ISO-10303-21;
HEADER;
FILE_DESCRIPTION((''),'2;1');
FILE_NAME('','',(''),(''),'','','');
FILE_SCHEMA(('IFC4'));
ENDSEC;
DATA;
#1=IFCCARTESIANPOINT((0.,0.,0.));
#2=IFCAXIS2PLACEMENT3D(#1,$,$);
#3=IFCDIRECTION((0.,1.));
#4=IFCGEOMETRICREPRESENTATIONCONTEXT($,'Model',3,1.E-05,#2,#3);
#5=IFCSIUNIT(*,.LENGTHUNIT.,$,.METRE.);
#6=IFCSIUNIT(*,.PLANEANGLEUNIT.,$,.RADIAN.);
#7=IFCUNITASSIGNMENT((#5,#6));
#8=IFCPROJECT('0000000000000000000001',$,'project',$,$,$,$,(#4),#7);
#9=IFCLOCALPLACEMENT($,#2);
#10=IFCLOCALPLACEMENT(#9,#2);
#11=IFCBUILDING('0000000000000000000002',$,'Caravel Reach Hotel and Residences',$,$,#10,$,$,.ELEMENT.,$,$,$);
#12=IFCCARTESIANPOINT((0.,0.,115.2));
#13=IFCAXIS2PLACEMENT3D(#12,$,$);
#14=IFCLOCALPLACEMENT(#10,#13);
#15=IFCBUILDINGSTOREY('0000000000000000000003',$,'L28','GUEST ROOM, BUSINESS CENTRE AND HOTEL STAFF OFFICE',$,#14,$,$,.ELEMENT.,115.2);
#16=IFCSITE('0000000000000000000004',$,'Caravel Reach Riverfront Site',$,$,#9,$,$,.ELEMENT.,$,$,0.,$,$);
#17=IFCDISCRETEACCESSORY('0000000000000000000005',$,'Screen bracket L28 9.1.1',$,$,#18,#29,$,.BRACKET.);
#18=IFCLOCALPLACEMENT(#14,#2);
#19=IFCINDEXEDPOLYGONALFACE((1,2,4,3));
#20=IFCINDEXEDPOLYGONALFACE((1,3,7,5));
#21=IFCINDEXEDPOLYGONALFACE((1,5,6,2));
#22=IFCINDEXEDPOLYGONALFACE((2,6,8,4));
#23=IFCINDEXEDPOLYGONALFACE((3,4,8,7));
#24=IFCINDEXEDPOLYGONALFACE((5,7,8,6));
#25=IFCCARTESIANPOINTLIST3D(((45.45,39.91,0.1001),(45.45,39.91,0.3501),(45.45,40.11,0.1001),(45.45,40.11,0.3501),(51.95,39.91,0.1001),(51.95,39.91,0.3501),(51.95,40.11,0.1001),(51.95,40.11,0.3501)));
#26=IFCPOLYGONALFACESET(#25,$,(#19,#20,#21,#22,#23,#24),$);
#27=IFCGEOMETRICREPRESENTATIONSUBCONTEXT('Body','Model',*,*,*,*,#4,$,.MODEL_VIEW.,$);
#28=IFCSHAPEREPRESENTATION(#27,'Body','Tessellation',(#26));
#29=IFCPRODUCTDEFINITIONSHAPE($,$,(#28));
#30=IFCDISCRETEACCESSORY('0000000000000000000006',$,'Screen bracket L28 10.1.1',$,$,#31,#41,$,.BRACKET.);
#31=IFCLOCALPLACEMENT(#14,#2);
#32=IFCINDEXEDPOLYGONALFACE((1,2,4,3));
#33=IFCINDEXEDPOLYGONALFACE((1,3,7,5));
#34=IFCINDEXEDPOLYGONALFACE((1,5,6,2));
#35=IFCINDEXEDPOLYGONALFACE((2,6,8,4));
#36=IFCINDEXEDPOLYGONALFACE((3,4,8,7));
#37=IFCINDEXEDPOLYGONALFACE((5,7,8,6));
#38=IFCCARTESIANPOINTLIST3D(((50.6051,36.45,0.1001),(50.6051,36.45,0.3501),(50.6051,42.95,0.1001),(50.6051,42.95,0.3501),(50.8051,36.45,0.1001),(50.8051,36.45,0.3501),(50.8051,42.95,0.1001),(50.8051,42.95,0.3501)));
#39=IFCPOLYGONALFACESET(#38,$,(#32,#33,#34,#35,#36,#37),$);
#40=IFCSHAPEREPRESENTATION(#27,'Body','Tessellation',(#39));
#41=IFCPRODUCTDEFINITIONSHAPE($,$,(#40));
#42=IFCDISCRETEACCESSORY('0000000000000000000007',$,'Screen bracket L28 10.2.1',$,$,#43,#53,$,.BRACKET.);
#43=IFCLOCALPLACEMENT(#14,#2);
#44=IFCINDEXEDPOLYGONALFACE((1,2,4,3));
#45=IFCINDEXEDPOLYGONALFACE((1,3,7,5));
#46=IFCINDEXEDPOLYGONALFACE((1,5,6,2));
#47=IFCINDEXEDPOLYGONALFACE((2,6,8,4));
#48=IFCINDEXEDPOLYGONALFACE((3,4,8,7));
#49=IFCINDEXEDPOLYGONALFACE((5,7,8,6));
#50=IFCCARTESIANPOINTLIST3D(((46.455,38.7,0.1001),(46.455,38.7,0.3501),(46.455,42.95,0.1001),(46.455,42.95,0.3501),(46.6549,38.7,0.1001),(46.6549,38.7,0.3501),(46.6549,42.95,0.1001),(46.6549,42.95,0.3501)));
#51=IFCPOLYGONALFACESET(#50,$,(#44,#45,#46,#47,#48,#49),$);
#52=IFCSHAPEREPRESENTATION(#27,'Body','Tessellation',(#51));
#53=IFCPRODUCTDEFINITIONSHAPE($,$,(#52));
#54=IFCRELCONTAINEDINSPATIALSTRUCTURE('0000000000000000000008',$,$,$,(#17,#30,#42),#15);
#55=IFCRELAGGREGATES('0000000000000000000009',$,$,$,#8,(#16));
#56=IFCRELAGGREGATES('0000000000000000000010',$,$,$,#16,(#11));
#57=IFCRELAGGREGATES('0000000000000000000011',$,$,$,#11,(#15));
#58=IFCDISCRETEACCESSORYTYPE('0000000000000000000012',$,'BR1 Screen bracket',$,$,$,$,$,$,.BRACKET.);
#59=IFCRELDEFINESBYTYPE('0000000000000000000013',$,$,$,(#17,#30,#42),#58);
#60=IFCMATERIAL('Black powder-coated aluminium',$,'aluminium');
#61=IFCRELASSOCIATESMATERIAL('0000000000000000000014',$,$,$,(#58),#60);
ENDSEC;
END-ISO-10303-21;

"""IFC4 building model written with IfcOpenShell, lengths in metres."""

from ifc_helpers import new_model, si_unit, direction, frame, origin, origin_2d, place, context, subcontext, project, spatial, rectangle, extrude, material, type_object, element, save


model = new_model("IFC4")

# Units and contexts
model_context = context("Model", 3, precision=1e-05, world=origin(), true_north=direction((0.0, 1.0)))
body_context = subcontext(model_context, "Body", "Model", "MODEL_VIEW")
ifc_project = project(units=[si_unit("LENGTHUNIT", "METRE"), si_unit("PLANEANGLEUNIT", "RADIAN")], contexts=[model_context])

# Site, building, storey
site_placement = place(None, origin())
site = spatial("IfcSite", under=ifc_project, at=site_placement, Name="Caravel Reach Riverfront Site", CompositionType="ELEMENT", RefElevation=0.0)
building_placement = place(site_placement, origin())
building = spatial("IfcBuilding", under=site, at=building_placement, Name="Caravel Reach Hotel and Residences", CompositionType="ELEMENT")
storey_placement = place(building_placement, frame((0.0, 0.0, 115.2)))
storey = spatial("IfcBuildingStorey", under=building, at=storey_placement, Name="L28", Description="GUEST ROOM, BUSINESS CENTRE AND HOTEL STAFF OFFICE", CompositionType="ELEMENT", Elevation=115.2)

# Discrete accessories
ifc_material_1 = material(Name="Black powder-coated aluminium", Category="aluminium")
discrete_accessory_type = type_object("IfcDiscreteAccessoryType", Name="BR1 Screen bracket", PredefinedType="BRACKET", material=ifc_material_1)
for number, where, z_axis, x_axis, name in (
    (1, (48.7, 40.01, 0.1001), (0.0, 0.0, 1.0), (1.0, 0.0, 0.0), "Screen bracket L28 9.1.1"),
    (2, (50.7051, 39.7, 0.1001), (0.0, 0.0, 1.0), (0.0, 1.0, 0.0), "Screen bracket L28 10.1.1"),
):
    element("IfcDiscreteAccessory", number, at=place(storey_placement, frame(where, z_axis=z_axis, x_axis=x_axis)), inside=storey, type_object=discrete_accessory_type, Name=name, PredefinedType="BRACKET", context=body_context, shape_type="SweptSolid", body=[
        extrude(rectangle(XDim=6.5, YDim=0.2, at=origin_2d()), origin(), (0.0, 0.0, 1.0), 0.25),
    ])
discrete_accessory_placement = place(storey_placement, frame((46.5549, 40.825, 0.1001), z_axis=(0.0, 0.0, 1.0), x_axis=(0.0, 1.0, 0.0)))
element("IfcDiscreteAccessory", 3, at=discrete_accessory_placement, inside=storey, type_object=discrete_accessory_type, Name="Screen bracket L28 10.2.1", PredefinedType="BRACKET", context=body_context, shape_type="SweptSolid", body=[
    extrude(rectangle(XDim=4.25, YDim=0.2, at=origin_2d()), origin(), (0.0, 0.0, 1.0), 0.25),
])

save(model, "model.ifc")
